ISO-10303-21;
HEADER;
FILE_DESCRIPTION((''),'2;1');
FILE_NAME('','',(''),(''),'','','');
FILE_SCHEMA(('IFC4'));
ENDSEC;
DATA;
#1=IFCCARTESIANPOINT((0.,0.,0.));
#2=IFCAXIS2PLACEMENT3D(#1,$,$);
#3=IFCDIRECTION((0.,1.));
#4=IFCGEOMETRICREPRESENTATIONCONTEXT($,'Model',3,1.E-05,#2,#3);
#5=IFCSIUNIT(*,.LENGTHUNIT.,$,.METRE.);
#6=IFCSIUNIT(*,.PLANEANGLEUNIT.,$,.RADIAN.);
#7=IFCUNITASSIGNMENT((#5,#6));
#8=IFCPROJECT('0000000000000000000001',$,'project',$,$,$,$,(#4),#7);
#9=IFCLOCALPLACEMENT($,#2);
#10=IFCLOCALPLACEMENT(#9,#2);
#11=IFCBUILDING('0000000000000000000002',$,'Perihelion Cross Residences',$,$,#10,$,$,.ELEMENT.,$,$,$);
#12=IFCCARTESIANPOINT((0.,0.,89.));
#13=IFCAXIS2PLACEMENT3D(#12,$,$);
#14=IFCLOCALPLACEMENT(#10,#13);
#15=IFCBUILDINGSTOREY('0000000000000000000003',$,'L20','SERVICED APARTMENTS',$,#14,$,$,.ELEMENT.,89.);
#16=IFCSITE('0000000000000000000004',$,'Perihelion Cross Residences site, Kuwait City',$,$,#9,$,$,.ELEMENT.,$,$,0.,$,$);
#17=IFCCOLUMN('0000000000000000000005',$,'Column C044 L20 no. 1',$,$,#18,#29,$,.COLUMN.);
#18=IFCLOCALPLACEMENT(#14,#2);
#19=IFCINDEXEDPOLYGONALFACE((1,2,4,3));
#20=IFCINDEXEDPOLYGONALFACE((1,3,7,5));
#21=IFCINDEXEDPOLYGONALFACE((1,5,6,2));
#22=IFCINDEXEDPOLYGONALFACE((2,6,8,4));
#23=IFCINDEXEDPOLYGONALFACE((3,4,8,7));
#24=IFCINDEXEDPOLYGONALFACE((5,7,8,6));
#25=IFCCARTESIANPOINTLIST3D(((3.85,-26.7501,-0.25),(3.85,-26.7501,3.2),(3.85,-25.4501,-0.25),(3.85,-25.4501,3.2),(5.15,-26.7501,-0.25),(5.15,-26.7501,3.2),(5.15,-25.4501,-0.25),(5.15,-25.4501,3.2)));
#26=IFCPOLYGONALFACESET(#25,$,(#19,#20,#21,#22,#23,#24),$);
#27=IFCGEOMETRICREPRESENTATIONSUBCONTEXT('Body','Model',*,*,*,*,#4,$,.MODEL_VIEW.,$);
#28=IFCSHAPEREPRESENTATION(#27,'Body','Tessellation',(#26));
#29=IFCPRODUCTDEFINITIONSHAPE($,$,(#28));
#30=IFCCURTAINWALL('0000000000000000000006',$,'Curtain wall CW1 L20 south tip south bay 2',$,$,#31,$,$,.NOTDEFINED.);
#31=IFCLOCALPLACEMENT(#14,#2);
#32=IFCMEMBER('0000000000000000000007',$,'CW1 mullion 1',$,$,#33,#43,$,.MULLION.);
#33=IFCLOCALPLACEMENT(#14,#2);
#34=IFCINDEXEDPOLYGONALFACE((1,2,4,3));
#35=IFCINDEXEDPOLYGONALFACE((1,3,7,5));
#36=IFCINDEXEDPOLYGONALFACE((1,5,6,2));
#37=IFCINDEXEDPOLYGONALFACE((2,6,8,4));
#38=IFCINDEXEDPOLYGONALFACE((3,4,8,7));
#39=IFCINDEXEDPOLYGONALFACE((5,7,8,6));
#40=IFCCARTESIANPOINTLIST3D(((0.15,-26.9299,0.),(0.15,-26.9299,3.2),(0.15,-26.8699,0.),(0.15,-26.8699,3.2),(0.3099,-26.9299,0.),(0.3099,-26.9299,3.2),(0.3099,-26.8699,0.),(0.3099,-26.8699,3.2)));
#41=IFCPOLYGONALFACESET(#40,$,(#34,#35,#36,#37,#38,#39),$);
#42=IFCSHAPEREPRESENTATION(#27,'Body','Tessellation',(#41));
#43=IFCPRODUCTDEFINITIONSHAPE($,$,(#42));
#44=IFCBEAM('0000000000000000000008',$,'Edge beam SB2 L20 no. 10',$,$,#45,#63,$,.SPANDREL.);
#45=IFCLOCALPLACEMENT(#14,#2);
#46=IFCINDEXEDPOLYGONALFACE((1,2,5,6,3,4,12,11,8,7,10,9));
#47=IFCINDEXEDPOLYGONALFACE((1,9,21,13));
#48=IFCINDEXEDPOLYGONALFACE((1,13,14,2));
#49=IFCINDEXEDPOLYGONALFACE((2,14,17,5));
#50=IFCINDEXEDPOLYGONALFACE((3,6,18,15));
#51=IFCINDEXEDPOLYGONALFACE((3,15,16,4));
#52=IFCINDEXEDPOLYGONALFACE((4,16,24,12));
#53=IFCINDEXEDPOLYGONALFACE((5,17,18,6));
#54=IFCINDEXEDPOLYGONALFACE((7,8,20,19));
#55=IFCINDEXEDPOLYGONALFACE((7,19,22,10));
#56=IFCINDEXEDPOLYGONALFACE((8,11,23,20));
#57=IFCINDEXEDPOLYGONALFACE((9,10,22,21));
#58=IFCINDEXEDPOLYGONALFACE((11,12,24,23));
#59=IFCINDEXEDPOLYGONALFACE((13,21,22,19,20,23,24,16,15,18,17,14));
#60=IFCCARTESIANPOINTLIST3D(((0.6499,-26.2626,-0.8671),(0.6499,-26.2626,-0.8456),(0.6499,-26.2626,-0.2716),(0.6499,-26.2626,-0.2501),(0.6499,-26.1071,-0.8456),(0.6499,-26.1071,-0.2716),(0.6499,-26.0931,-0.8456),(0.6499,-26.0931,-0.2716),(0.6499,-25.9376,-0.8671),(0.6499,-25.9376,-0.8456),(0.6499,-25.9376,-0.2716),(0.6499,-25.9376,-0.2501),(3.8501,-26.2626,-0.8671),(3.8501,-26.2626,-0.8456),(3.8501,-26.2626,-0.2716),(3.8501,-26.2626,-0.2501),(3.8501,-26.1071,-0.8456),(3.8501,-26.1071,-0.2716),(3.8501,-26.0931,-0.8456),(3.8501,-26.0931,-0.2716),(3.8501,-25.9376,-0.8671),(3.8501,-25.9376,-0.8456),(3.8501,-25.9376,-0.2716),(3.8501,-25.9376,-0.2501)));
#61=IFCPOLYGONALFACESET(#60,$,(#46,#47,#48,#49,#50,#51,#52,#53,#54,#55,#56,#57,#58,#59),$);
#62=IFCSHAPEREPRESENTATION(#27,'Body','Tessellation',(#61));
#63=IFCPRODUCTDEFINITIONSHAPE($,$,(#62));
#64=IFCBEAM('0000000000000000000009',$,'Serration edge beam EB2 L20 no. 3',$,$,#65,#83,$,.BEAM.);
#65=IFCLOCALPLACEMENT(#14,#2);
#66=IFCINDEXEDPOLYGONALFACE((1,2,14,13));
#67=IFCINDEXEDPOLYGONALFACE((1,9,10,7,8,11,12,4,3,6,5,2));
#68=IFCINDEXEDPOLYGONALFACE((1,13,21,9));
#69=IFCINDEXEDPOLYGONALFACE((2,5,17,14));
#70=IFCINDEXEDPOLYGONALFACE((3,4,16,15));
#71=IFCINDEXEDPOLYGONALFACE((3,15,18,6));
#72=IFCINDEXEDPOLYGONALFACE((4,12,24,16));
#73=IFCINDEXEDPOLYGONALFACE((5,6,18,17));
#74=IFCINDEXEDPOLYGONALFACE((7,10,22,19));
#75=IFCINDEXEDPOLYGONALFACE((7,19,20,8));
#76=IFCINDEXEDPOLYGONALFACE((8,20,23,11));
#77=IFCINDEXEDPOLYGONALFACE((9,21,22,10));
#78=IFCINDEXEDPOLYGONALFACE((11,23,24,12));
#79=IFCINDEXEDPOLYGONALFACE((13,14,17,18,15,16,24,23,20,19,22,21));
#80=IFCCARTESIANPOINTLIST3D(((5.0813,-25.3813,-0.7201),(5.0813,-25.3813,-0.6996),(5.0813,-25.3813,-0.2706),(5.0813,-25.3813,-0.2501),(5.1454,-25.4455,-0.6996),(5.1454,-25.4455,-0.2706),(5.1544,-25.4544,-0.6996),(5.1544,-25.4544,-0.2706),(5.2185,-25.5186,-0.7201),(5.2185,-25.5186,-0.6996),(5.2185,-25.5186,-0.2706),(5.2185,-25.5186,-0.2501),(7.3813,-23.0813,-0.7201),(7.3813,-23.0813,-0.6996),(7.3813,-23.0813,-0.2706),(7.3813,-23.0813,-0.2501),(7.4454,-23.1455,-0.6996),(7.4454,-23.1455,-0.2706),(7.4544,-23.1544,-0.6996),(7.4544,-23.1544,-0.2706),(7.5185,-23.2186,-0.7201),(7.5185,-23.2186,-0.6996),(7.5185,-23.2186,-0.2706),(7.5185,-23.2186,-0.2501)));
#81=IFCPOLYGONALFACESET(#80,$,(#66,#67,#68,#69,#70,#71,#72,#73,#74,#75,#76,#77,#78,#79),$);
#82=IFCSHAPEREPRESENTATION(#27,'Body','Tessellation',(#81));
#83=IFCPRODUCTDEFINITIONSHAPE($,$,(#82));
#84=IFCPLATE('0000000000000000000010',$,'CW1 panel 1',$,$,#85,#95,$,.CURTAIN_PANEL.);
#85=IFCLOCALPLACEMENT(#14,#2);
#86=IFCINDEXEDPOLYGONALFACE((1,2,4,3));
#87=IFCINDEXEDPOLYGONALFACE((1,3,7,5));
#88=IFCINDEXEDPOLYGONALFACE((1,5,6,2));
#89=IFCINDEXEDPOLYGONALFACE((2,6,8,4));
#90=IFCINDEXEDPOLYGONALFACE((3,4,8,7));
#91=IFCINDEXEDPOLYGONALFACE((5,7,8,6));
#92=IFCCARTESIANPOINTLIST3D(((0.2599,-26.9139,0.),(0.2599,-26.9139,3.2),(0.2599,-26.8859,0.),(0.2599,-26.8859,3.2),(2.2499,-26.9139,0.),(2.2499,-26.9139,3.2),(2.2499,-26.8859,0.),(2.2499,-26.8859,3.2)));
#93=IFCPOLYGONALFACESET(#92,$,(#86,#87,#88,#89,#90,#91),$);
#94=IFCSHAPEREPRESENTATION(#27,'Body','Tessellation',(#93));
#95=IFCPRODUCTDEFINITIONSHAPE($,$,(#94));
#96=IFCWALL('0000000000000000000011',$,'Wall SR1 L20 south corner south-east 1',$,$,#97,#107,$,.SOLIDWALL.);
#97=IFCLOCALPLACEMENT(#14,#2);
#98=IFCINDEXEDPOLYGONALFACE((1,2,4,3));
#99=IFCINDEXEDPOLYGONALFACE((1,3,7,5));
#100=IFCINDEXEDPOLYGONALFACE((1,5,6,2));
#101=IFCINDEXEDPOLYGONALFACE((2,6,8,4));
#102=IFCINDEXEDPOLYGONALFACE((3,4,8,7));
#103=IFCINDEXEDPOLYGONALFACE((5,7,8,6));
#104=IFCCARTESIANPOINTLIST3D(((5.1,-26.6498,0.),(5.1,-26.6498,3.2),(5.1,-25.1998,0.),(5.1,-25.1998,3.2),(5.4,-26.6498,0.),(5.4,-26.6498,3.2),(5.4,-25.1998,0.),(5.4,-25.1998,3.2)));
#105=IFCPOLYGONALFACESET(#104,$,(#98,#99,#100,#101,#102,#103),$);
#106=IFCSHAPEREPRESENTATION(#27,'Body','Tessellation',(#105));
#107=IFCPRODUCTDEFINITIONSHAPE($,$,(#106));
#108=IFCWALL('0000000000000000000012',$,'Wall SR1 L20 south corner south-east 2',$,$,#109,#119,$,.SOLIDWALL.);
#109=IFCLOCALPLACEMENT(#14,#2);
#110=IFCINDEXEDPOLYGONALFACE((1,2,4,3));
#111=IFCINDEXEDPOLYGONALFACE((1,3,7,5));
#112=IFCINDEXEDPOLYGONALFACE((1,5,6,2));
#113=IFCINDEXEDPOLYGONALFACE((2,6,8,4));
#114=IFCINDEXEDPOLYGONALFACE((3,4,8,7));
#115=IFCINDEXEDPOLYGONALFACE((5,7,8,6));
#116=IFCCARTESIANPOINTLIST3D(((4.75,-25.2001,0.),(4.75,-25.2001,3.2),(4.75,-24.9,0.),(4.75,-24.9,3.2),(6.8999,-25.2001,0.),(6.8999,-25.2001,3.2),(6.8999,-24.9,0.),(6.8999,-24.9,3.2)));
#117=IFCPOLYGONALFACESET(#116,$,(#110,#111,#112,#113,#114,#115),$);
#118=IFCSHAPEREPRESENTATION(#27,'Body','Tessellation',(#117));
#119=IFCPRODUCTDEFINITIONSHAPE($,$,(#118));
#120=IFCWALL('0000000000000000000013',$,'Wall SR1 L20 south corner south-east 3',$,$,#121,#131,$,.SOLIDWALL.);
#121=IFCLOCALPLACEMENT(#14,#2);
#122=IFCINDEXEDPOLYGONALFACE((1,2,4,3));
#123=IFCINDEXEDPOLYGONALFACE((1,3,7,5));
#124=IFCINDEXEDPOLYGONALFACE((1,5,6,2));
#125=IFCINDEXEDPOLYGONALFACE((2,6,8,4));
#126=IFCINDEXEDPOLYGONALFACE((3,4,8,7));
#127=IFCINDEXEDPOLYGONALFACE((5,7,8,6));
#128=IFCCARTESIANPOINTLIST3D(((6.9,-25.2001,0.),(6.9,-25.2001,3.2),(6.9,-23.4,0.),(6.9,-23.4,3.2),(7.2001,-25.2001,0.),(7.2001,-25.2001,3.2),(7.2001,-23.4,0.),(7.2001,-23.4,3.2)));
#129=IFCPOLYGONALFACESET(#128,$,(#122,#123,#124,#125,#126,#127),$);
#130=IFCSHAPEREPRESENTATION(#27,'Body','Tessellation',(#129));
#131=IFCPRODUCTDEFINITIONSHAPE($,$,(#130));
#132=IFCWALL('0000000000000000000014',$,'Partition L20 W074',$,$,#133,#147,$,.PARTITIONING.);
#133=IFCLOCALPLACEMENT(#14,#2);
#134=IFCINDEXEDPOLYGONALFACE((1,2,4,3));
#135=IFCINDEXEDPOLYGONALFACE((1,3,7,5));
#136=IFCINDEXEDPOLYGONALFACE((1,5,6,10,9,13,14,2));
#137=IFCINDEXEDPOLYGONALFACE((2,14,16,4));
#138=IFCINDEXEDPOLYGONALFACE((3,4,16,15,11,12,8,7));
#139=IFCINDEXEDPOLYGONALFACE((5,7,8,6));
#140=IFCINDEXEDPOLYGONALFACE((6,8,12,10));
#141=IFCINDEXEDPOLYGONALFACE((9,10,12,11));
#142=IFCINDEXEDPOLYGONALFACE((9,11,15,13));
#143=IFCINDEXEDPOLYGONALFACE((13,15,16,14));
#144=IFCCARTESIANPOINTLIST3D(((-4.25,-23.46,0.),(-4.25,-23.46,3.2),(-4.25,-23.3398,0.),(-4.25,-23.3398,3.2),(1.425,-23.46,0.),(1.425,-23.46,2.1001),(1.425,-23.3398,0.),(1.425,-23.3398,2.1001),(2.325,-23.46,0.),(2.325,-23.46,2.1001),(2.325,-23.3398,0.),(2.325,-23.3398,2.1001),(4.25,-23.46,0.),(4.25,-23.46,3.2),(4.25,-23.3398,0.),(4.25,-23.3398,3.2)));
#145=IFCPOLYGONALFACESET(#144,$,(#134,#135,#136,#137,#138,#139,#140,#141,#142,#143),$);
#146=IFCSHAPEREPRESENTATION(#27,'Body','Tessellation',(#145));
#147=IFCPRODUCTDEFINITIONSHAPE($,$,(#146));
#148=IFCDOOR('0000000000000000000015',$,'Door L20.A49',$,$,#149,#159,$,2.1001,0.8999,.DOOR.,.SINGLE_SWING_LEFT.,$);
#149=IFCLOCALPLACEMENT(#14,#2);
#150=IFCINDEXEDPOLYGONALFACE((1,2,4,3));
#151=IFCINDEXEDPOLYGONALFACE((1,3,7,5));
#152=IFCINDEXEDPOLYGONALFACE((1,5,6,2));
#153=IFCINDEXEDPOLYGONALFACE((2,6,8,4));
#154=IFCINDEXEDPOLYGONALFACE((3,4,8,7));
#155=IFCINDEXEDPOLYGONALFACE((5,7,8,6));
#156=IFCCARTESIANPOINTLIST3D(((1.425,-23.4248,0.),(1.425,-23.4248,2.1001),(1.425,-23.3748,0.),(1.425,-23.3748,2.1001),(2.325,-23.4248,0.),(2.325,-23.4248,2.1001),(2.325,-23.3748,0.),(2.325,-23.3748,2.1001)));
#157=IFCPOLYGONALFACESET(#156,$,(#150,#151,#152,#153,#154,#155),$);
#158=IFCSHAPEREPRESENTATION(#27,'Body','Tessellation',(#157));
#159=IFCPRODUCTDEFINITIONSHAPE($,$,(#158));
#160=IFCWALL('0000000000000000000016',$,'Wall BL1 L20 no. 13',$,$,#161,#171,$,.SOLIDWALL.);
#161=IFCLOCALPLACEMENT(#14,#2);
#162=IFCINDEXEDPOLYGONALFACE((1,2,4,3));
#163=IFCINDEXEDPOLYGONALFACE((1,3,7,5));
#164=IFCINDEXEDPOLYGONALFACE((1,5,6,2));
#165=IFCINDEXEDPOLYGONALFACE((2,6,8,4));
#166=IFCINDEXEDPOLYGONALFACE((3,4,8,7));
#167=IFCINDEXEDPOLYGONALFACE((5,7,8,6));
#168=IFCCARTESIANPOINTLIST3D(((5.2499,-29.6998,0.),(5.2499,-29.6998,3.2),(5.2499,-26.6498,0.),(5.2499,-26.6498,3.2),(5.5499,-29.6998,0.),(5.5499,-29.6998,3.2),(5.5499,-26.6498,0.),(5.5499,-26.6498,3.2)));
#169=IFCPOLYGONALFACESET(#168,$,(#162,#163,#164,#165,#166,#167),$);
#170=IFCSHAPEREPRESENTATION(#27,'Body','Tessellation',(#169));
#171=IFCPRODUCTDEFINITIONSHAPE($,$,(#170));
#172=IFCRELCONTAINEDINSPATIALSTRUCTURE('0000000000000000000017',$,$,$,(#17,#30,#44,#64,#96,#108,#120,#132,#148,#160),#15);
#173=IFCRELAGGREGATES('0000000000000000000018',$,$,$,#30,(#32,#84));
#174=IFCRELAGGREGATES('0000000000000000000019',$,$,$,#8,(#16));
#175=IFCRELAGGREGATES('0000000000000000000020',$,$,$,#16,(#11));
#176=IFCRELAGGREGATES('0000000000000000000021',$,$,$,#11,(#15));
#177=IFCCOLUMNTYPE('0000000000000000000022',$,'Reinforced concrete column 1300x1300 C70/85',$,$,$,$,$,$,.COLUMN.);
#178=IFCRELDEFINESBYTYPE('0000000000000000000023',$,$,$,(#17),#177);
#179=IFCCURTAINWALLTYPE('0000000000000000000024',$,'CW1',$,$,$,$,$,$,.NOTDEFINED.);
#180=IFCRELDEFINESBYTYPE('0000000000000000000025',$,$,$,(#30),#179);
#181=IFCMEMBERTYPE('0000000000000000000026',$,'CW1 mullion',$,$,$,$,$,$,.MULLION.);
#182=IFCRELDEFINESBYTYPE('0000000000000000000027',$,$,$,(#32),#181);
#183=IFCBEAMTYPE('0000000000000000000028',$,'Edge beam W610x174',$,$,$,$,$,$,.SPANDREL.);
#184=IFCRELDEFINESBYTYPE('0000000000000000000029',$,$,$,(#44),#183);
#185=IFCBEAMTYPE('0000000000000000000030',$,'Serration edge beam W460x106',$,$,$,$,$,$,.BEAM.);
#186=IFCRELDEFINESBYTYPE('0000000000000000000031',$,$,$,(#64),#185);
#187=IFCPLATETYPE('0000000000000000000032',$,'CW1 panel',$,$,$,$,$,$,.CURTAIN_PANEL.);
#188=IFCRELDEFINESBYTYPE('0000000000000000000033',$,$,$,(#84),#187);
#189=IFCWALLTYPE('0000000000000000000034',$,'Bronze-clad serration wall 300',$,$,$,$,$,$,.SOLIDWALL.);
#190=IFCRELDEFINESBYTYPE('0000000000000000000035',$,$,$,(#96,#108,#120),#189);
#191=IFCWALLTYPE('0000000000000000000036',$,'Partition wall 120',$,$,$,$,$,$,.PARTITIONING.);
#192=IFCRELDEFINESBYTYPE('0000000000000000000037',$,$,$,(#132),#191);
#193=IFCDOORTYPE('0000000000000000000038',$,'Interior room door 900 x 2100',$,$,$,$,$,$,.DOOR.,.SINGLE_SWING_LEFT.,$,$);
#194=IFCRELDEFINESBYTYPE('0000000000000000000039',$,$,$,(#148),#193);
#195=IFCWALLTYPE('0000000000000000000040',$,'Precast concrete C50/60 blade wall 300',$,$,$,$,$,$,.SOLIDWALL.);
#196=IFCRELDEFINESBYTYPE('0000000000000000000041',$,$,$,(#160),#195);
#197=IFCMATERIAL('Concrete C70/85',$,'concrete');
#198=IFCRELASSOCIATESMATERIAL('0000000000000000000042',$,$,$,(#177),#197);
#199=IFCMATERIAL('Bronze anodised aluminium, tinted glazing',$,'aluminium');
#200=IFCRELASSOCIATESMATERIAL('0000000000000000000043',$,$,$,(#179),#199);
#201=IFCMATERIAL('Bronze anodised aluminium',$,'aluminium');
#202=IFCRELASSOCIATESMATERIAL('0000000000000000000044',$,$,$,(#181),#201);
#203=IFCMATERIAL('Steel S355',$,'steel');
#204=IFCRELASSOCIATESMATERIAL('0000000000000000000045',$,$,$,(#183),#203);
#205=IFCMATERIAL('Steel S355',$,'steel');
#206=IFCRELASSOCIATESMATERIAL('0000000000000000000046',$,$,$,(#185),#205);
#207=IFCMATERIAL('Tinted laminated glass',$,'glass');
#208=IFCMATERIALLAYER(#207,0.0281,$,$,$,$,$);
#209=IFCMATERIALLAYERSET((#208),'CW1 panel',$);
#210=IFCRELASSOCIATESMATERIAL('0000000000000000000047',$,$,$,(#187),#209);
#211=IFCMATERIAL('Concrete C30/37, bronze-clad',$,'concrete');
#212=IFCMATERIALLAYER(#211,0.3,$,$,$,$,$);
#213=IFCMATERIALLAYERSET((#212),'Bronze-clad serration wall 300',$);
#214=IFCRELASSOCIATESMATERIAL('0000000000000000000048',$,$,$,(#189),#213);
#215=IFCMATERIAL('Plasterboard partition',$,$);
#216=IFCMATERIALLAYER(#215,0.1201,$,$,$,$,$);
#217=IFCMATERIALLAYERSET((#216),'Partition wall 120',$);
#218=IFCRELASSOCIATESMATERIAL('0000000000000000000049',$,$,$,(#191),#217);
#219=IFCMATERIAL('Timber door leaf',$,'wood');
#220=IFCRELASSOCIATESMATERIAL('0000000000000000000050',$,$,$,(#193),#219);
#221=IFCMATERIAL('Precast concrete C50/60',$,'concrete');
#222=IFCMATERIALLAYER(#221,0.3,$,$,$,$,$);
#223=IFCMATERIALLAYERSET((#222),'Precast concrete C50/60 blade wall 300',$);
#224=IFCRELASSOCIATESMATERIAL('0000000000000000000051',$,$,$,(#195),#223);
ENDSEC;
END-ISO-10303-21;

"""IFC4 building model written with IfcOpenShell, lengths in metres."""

from ifc_helpers import new_model, si_unit, direction, frame, frame_2d, origin, origin_2d, place, context, subcontext, project, spatial, rectangle, i_section, extrude, material, layer, layer_set, material_profile, profile_set, type_object, element, fill, aggregate, save


model = new_model("IFC4")

# Units and contexts
model_context = context("Model", 3, precision=1e-05, world=origin(), true_north=direction((0.0, 1.0)))
body_context = subcontext(model_context, "Body", "Model", "MODEL_VIEW")
ifc_project = project(units=[si_unit("LENGTHUNIT", "METRE"), si_unit("PLANEANGLEUNIT", "RADIAN")], contexts=[model_context])

# Site, building, storey
site_placement = place(None, origin())
site = spatial("IfcSite", under=ifc_project, at=site_placement, Name="Perihelion Cross Residences site, Kuwait City", CompositionType="ELEMENT", RefElevation=0.0)
building_placement = place(site_placement, origin())
building = spatial("IfcBuilding", under=site, at=building_placement, Name="Perihelion Cross Residences", CompositionType="ELEMENT")
storey_placement = place(building_placement, frame((0.0, 0.0, 89.0)))
storey = spatial("IfcBuildingStorey", under=building, at=storey_placement, Name="L20", Description="SERVICED APARTMENTS", CompositionType="ELEMENT", Elevation=89.0)

# Column
ifc_material_1 = material(Name="Concrete C70/85", Category="concrete")
ifc_material_profile_1 = material_profile(ifc_material_1, rectangle(XDim=1.3, YDim=1.3, at=origin_2d()), Name="RC 1300x1300")
ifc_profile_set_1 = profile_set([ifc_material_profile_1], Name="Concrete C70/85")
column_type = type_object("IfcColumnType", Name="Reinforced concrete column 1300x1300 C70/85", PredefinedType="COLUMN", material=ifc_profile_set_1)
column_placement = place(storey_placement, frame((4.5, -26.1001, -0.25), z_axis=(0.0, 0.0, 1.0), x_axis=(1.0, 0.0, 0.0)))
element("IfcColumn", 1, at=column_placement, inside=storey, type_object=column_type, Name="Column C044 L20 no. 1", PredefinedType="COLUMN", context=body_context, shape_type="SweptSolid", body=[
    extrude(rectangle(XDim=1.3, YDim=1.3, at=origin_2d()), origin(), (0.0, 0.0, 1.0), 3.45),
])

# Curtain wall, member
ifc_material_2 = material(Name="Bronze anodised aluminium, tinted glazing", Category="aluminium")
curtain_wall_type = type_object("IfcCurtainWallType", Name="CW1", PredefinedType="NOTDEFINED", material=ifc_material_2)
curtain_wall_placement = place(storey_placement, origin())
curtain_wall = element("IfcCurtainWall", 2, at=curtain_wall_placement, inside=storey, type_object=curtain_wall_type, Name="Curtain wall CW1 L20 south tip south bay 2", PredefinedType="NOTDEFINED")
ifc_material_3 = material(Name="Bronze anodised aluminium", Category="aluminium")
ifc_material_profile_2 = material_profile(ifc_material_3, rectangle(XDim=0.0601, YDim=0.1599, at=origin_2d()), Name="CW1 mullion")
ifc_profile_set_2 = profile_set([ifc_material_profile_2], Name="Bronze anodised aluminium")
member_type = type_object("IfcMemberType", Name="CW1 mullion", PredefinedType="MULLION", material=ifc_profile_set_2)
member_placement = place(storey_placement, frame((0.23, -26.8999, 0.0), z_axis=(0.0, 0.0, 1.0), x_axis=(0.0, 1.0, 0.0)))
member = element("IfcMember", 3, at=member_placement, type_object=member_type, Name="CW1 mullion 1", PredefinedType="MULLION", context=body_context, shape_type="SweptSolid", body=[
    extrude(rectangle(XDim=0.0601, YDim=0.1599, at=origin_2d()), origin(), (0.0, 0.0, 1.0), 3.2),
])

# Beams
ifc_material_4 = material(Name="Steel S355", Category="steel")
ifc_material_profile_3 = material_profile(ifc_material_4, i_section(OverallWidth=0.325, OverallDepth=0.6169, WebThickness=0.0139, FlangeThickness=0.0215, at=origin_2d()), Name="W610x174")
ifc_profile_set_3 = profile_set([ifc_material_profile_3], Name="Steel S355")
beam_type_1 = type_object("IfcBeamType", Name="Edge beam W610x174", PredefinedType="SPANDREL", material=ifc_profile_set_3)
beam_1_placement = place(storey_placement, frame((0.6499, -26.1001, -0.5586), z_axis=(1.0, 0.0, 0.0), x_axis=(0.0, 1.0, 0.0)))
element("IfcBeam", 4, at=beam_1_placement, inside=storey, type_object=beam_type_1, Name="Edge beam SB2 L20 no. 10", PredefinedType="SPANDREL", context=body_context, shape_type="SweptSolid", body=[
    extrude(i_section(OverallWidth=0.325, OverallDepth=0.6169, WebThickness=0.0139, FlangeThickness=0.0215, at=origin_2d()), origin(), (0.0, 0.0, 1.0), 3.2002),
])
ifc_material_5 = material(Name="Steel S355", Category="steel")
ifc_material_profile_4 = material_profile(ifc_material_5, i_section(OverallWidth=0.1941, OverallDepth=0.47, WebThickness=0.0127, FlangeThickness=0.0205, at=origin_2d()), Name="W460x106")
ifc_profile_set_4 = profile_set([ifc_material_profile_4], Name="Steel S355")
beam_type_2 = type_object("IfcBeamType", Name="Serration edge beam W460x106", PredefinedType="BEAM", material=ifc_profile_set_4)
beam_2_placement = place(storey_placement, frame((5.1499, -25.45, -0.4851), z_axis=(0.707107, 0.707107, 0.0), x_axis=(-0.707107, 0.707107, 0.0)))
element("IfcBeam", 5, at=beam_2_placement, inside=storey, type_object=beam_type_2, Name="Serration edge beam EB2 L20 no. 3", PredefinedType="BEAM", context=body_context, shape_type="SweptSolid", body=[
    extrude(i_section(OverallWidth=0.1941, OverallDepth=0.47, WebThickness=0.0127, FlangeThickness=0.0205, at=origin_2d()), origin(), (0.0, 0.0, 1.0), 3.2527),
])

# Plate
ifc_material_6 = material(Name="Tinted laminated glass", Category="glass")
ifc_layer_1 = layer(ifc_material_6, 0.0281)
ifc_layer_set_1 = layer_set([ifc_layer_1], Name="CW1 panel")
plate_type = type_object("IfcPlateType", Name="CW1 panel", PredefinedType="CURTAIN_PANEL", material=ifc_layer_set_1)
plate_placement = place(storey_placement, frame((1.2549, -26.8999, 0.0), z_axis=(0.0, 0.0, 1.0), x_axis=(1.0, 0.0, 0.0)))
plate = element("IfcPlate", 6, at=plate_placement, type_object=plate_type, Name="CW1 panel 1", PredefinedType="CURTAIN_PANEL", context=body_context, shape_type="SweptSolid", body=[
    extrude(rectangle(XDim=1.99, YDim=0.0281, at=origin_2d()), origin(), (0.0, 0.0, 1.0), 3.2),
])
aggregate(curtain_wall, [member, plate])

# Walls
ifc_material_7 = material(Name="Concrete C30/37, bronze-clad", Category="concrete")
ifc_layer_2 = layer(ifc_material_7, 0.3)
ifc_layer_set_2 = layer_set([ifc_layer_2], Name="Bronze-clad serration wall 300")
wall_type_1 = type_object("IfcWallType", Name="Bronze-clad serration wall 300", PredefinedType="SOLIDWALL", material=ifc_layer_set_2)
wall_1_placement = place(storey_placement, frame((5.25, -26.6499, 0.0), z_axis=(0.0, 0.0, 1.0), x_axis=(0.0, 1.0, 0.0)))
element("IfcWall", 7, at=wall_1_placement, inside=storey, type_object=wall_type_1, Name="Wall SR1 L20 south corner south-east 1", PredefinedType="SOLIDWALL", context=body_context, shape_type="SweptSolid", body=[
    extrude(rectangle(XDim=1.45, YDim=0.3, at=frame_2d((0.7251, 0.0))), origin(), (0.0, 0.0, 1.0), 3.2),
])
wall_2_placement = place(storey_placement, frame((4.75, -25.05, 0.0), z_axis=(0.0, 0.0, 1.0), x_axis=(1.0, 0.0, 0.0)))
element("IfcWall", 8, at=wall_2_placement, inside=storey, type_object=wall_type_1, Name="Wall SR1 L20 south corner south-east 2", PredefinedType="SOLIDWALL", context=body_context, shape_type="SweptSolid", body=[
    extrude(rectangle(XDim=2.1499, YDim=0.3, at=frame_2d((1.075, 0.0))), origin(), (0.0, 0.0, 1.0), 3.2),
])
wall_3_placement = place(storey_placement, frame((7.05, -25.2, 0.0), z_axis=(0.0, 0.0, 1.0), x_axis=(0.0, 1.0, 0.0)))
element("IfcWall", 9, at=wall_3_placement, inside=storey, type_object=wall_type_1, Name="Wall SR1 L20 south corner south-east 3", PredefinedType="SOLIDWALL", context=body_context, shape_type="SweptSolid", body=[
    extrude(rectangle(XDim=1.8, YDim=0.3, at=frame_2d((0.8999, 0.0))), origin(), (0.0, 0.0, 1.0), 3.2),
])

# Wall, opening, door
ifc_material_8 = material(Name="Plasterboard partition")
ifc_layer_3 = layer(ifc_material_8, 0.1201)
ifc_layer_set_3 = layer_set([ifc_layer_3], Name="Partition wall 120")
wall_type_2 = type_object("IfcWallType", Name="Partition wall 120", PredefinedType="PARTITIONING", material=ifc_layer_set_3)
wall_4_placement = place(storey_placement, frame((4.25, -23.3999, 0.0), z_axis=(0.0, 0.0, 1.0), x_axis=(-1.0, 0.0, 0.0)))
wall_4 = element("IfcWall", 10, at=wall_4_placement, inside=storey, type_object=wall_type_2, Name="Partition L20 W074", PredefinedType="PARTITIONING", context=body_context, shape_type="SweptSolid", body=[
    extrude(rectangle(XDim=8.5, YDim=0.1201, at=frame_2d((4.25, 0.0))), origin(), (0.0, 0.0, 1.0), 3.2),
])
opening_1_placement = place(wall_4_placement, frame((1.925, 0.0, 0.0)))
opening_1 = element("IfcOpeningElement", 11, at=opening_1_placement, cuts=wall_4, PredefinedType="OPENING", context=body_context, shape_type="SweptSolid", body=[
    extrude(rectangle(XDim=0.8999, YDim=2.1001, at=frame_2d((0.45, 1.05))), frame((0.0, 0.0701, 0.0), z_axis=(0.0, -1.0, 0.0), x_axis=(1.0, 0.0, 0.0)), (0.0, 0.0, 1.0), 0.1401),
])
ifc_material_9 = material(Name="Timber door leaf", Category="wood")
door_type_1 = type_object("IfcDoorType", Name="Interior room door 900 x 2100", OperationType="SINGLE_SWING_LEFT", PredefinedType="DOOR", material=ifc_material_9)
door_1_placement = place(opening_1_placement, origin())
door_1 = element("IfcDoor", 12, at=door_1_placement, inside=storey, type_object=door_type_1, Name="Door L20.A49", OperationType="SINGLE_SWING_LEFT", OverallHeight=2.1001, OverallWidth=0.8999, PredefinedType="DOOR", context=body_context, shape_type="SweptSolid", body=[
    extrude(rectangle(XDim=0.8999, YDim=2.1001, at=frame_2d((0.45, 1.05))), frame((0.0, 0.0249, 0.0), z_axis=(0.0, -1.0, 0.0), x_axis=(1.0, 0.0, 0.0)), (0.0, 0.0, 1.0), 0.05),
])
fill(opening_1, door_1)

# Wall
ifc_material_10 = material(Name="Precast concrete C50/60", Category="concrete")
ifc_layer_4 = layer(ifc_material_10, 0.3)
ifc_layer_set_4 = layer_set([ifc_layer_4], Name="Precast concrete C50/60 blade wall 300")
wall_type_3 = type_object("IfcWallType", Name="Precast concrete C50/60 blade wall 300", PredefinedType="SOLIDWALL", material=ifc_layer_set_4)
wall_5_placement = place(storey_placement, frame((5.3999, -26.6499, 0.0), z_axis=(0.0, 0.0, 1.0), x_axis=(0.0, -1.0, 0.0)))
element("IfcWall", 13, at=wall_5_placement, inside=storey, type_object=wall_type_3, Name="Wall BL1 L20 no. 13", PredefinedType="SOLIDWALL", context=body_context, shape_type="SweptSolid", body=[
    extrude(rectangle(XDim=3.05, YDim=0.3, at=frame_2d((1.5249, 0.0))), origin(), (0.0, 0.0, 1.0), 3.2),
])

save(model, "model.ifc")
